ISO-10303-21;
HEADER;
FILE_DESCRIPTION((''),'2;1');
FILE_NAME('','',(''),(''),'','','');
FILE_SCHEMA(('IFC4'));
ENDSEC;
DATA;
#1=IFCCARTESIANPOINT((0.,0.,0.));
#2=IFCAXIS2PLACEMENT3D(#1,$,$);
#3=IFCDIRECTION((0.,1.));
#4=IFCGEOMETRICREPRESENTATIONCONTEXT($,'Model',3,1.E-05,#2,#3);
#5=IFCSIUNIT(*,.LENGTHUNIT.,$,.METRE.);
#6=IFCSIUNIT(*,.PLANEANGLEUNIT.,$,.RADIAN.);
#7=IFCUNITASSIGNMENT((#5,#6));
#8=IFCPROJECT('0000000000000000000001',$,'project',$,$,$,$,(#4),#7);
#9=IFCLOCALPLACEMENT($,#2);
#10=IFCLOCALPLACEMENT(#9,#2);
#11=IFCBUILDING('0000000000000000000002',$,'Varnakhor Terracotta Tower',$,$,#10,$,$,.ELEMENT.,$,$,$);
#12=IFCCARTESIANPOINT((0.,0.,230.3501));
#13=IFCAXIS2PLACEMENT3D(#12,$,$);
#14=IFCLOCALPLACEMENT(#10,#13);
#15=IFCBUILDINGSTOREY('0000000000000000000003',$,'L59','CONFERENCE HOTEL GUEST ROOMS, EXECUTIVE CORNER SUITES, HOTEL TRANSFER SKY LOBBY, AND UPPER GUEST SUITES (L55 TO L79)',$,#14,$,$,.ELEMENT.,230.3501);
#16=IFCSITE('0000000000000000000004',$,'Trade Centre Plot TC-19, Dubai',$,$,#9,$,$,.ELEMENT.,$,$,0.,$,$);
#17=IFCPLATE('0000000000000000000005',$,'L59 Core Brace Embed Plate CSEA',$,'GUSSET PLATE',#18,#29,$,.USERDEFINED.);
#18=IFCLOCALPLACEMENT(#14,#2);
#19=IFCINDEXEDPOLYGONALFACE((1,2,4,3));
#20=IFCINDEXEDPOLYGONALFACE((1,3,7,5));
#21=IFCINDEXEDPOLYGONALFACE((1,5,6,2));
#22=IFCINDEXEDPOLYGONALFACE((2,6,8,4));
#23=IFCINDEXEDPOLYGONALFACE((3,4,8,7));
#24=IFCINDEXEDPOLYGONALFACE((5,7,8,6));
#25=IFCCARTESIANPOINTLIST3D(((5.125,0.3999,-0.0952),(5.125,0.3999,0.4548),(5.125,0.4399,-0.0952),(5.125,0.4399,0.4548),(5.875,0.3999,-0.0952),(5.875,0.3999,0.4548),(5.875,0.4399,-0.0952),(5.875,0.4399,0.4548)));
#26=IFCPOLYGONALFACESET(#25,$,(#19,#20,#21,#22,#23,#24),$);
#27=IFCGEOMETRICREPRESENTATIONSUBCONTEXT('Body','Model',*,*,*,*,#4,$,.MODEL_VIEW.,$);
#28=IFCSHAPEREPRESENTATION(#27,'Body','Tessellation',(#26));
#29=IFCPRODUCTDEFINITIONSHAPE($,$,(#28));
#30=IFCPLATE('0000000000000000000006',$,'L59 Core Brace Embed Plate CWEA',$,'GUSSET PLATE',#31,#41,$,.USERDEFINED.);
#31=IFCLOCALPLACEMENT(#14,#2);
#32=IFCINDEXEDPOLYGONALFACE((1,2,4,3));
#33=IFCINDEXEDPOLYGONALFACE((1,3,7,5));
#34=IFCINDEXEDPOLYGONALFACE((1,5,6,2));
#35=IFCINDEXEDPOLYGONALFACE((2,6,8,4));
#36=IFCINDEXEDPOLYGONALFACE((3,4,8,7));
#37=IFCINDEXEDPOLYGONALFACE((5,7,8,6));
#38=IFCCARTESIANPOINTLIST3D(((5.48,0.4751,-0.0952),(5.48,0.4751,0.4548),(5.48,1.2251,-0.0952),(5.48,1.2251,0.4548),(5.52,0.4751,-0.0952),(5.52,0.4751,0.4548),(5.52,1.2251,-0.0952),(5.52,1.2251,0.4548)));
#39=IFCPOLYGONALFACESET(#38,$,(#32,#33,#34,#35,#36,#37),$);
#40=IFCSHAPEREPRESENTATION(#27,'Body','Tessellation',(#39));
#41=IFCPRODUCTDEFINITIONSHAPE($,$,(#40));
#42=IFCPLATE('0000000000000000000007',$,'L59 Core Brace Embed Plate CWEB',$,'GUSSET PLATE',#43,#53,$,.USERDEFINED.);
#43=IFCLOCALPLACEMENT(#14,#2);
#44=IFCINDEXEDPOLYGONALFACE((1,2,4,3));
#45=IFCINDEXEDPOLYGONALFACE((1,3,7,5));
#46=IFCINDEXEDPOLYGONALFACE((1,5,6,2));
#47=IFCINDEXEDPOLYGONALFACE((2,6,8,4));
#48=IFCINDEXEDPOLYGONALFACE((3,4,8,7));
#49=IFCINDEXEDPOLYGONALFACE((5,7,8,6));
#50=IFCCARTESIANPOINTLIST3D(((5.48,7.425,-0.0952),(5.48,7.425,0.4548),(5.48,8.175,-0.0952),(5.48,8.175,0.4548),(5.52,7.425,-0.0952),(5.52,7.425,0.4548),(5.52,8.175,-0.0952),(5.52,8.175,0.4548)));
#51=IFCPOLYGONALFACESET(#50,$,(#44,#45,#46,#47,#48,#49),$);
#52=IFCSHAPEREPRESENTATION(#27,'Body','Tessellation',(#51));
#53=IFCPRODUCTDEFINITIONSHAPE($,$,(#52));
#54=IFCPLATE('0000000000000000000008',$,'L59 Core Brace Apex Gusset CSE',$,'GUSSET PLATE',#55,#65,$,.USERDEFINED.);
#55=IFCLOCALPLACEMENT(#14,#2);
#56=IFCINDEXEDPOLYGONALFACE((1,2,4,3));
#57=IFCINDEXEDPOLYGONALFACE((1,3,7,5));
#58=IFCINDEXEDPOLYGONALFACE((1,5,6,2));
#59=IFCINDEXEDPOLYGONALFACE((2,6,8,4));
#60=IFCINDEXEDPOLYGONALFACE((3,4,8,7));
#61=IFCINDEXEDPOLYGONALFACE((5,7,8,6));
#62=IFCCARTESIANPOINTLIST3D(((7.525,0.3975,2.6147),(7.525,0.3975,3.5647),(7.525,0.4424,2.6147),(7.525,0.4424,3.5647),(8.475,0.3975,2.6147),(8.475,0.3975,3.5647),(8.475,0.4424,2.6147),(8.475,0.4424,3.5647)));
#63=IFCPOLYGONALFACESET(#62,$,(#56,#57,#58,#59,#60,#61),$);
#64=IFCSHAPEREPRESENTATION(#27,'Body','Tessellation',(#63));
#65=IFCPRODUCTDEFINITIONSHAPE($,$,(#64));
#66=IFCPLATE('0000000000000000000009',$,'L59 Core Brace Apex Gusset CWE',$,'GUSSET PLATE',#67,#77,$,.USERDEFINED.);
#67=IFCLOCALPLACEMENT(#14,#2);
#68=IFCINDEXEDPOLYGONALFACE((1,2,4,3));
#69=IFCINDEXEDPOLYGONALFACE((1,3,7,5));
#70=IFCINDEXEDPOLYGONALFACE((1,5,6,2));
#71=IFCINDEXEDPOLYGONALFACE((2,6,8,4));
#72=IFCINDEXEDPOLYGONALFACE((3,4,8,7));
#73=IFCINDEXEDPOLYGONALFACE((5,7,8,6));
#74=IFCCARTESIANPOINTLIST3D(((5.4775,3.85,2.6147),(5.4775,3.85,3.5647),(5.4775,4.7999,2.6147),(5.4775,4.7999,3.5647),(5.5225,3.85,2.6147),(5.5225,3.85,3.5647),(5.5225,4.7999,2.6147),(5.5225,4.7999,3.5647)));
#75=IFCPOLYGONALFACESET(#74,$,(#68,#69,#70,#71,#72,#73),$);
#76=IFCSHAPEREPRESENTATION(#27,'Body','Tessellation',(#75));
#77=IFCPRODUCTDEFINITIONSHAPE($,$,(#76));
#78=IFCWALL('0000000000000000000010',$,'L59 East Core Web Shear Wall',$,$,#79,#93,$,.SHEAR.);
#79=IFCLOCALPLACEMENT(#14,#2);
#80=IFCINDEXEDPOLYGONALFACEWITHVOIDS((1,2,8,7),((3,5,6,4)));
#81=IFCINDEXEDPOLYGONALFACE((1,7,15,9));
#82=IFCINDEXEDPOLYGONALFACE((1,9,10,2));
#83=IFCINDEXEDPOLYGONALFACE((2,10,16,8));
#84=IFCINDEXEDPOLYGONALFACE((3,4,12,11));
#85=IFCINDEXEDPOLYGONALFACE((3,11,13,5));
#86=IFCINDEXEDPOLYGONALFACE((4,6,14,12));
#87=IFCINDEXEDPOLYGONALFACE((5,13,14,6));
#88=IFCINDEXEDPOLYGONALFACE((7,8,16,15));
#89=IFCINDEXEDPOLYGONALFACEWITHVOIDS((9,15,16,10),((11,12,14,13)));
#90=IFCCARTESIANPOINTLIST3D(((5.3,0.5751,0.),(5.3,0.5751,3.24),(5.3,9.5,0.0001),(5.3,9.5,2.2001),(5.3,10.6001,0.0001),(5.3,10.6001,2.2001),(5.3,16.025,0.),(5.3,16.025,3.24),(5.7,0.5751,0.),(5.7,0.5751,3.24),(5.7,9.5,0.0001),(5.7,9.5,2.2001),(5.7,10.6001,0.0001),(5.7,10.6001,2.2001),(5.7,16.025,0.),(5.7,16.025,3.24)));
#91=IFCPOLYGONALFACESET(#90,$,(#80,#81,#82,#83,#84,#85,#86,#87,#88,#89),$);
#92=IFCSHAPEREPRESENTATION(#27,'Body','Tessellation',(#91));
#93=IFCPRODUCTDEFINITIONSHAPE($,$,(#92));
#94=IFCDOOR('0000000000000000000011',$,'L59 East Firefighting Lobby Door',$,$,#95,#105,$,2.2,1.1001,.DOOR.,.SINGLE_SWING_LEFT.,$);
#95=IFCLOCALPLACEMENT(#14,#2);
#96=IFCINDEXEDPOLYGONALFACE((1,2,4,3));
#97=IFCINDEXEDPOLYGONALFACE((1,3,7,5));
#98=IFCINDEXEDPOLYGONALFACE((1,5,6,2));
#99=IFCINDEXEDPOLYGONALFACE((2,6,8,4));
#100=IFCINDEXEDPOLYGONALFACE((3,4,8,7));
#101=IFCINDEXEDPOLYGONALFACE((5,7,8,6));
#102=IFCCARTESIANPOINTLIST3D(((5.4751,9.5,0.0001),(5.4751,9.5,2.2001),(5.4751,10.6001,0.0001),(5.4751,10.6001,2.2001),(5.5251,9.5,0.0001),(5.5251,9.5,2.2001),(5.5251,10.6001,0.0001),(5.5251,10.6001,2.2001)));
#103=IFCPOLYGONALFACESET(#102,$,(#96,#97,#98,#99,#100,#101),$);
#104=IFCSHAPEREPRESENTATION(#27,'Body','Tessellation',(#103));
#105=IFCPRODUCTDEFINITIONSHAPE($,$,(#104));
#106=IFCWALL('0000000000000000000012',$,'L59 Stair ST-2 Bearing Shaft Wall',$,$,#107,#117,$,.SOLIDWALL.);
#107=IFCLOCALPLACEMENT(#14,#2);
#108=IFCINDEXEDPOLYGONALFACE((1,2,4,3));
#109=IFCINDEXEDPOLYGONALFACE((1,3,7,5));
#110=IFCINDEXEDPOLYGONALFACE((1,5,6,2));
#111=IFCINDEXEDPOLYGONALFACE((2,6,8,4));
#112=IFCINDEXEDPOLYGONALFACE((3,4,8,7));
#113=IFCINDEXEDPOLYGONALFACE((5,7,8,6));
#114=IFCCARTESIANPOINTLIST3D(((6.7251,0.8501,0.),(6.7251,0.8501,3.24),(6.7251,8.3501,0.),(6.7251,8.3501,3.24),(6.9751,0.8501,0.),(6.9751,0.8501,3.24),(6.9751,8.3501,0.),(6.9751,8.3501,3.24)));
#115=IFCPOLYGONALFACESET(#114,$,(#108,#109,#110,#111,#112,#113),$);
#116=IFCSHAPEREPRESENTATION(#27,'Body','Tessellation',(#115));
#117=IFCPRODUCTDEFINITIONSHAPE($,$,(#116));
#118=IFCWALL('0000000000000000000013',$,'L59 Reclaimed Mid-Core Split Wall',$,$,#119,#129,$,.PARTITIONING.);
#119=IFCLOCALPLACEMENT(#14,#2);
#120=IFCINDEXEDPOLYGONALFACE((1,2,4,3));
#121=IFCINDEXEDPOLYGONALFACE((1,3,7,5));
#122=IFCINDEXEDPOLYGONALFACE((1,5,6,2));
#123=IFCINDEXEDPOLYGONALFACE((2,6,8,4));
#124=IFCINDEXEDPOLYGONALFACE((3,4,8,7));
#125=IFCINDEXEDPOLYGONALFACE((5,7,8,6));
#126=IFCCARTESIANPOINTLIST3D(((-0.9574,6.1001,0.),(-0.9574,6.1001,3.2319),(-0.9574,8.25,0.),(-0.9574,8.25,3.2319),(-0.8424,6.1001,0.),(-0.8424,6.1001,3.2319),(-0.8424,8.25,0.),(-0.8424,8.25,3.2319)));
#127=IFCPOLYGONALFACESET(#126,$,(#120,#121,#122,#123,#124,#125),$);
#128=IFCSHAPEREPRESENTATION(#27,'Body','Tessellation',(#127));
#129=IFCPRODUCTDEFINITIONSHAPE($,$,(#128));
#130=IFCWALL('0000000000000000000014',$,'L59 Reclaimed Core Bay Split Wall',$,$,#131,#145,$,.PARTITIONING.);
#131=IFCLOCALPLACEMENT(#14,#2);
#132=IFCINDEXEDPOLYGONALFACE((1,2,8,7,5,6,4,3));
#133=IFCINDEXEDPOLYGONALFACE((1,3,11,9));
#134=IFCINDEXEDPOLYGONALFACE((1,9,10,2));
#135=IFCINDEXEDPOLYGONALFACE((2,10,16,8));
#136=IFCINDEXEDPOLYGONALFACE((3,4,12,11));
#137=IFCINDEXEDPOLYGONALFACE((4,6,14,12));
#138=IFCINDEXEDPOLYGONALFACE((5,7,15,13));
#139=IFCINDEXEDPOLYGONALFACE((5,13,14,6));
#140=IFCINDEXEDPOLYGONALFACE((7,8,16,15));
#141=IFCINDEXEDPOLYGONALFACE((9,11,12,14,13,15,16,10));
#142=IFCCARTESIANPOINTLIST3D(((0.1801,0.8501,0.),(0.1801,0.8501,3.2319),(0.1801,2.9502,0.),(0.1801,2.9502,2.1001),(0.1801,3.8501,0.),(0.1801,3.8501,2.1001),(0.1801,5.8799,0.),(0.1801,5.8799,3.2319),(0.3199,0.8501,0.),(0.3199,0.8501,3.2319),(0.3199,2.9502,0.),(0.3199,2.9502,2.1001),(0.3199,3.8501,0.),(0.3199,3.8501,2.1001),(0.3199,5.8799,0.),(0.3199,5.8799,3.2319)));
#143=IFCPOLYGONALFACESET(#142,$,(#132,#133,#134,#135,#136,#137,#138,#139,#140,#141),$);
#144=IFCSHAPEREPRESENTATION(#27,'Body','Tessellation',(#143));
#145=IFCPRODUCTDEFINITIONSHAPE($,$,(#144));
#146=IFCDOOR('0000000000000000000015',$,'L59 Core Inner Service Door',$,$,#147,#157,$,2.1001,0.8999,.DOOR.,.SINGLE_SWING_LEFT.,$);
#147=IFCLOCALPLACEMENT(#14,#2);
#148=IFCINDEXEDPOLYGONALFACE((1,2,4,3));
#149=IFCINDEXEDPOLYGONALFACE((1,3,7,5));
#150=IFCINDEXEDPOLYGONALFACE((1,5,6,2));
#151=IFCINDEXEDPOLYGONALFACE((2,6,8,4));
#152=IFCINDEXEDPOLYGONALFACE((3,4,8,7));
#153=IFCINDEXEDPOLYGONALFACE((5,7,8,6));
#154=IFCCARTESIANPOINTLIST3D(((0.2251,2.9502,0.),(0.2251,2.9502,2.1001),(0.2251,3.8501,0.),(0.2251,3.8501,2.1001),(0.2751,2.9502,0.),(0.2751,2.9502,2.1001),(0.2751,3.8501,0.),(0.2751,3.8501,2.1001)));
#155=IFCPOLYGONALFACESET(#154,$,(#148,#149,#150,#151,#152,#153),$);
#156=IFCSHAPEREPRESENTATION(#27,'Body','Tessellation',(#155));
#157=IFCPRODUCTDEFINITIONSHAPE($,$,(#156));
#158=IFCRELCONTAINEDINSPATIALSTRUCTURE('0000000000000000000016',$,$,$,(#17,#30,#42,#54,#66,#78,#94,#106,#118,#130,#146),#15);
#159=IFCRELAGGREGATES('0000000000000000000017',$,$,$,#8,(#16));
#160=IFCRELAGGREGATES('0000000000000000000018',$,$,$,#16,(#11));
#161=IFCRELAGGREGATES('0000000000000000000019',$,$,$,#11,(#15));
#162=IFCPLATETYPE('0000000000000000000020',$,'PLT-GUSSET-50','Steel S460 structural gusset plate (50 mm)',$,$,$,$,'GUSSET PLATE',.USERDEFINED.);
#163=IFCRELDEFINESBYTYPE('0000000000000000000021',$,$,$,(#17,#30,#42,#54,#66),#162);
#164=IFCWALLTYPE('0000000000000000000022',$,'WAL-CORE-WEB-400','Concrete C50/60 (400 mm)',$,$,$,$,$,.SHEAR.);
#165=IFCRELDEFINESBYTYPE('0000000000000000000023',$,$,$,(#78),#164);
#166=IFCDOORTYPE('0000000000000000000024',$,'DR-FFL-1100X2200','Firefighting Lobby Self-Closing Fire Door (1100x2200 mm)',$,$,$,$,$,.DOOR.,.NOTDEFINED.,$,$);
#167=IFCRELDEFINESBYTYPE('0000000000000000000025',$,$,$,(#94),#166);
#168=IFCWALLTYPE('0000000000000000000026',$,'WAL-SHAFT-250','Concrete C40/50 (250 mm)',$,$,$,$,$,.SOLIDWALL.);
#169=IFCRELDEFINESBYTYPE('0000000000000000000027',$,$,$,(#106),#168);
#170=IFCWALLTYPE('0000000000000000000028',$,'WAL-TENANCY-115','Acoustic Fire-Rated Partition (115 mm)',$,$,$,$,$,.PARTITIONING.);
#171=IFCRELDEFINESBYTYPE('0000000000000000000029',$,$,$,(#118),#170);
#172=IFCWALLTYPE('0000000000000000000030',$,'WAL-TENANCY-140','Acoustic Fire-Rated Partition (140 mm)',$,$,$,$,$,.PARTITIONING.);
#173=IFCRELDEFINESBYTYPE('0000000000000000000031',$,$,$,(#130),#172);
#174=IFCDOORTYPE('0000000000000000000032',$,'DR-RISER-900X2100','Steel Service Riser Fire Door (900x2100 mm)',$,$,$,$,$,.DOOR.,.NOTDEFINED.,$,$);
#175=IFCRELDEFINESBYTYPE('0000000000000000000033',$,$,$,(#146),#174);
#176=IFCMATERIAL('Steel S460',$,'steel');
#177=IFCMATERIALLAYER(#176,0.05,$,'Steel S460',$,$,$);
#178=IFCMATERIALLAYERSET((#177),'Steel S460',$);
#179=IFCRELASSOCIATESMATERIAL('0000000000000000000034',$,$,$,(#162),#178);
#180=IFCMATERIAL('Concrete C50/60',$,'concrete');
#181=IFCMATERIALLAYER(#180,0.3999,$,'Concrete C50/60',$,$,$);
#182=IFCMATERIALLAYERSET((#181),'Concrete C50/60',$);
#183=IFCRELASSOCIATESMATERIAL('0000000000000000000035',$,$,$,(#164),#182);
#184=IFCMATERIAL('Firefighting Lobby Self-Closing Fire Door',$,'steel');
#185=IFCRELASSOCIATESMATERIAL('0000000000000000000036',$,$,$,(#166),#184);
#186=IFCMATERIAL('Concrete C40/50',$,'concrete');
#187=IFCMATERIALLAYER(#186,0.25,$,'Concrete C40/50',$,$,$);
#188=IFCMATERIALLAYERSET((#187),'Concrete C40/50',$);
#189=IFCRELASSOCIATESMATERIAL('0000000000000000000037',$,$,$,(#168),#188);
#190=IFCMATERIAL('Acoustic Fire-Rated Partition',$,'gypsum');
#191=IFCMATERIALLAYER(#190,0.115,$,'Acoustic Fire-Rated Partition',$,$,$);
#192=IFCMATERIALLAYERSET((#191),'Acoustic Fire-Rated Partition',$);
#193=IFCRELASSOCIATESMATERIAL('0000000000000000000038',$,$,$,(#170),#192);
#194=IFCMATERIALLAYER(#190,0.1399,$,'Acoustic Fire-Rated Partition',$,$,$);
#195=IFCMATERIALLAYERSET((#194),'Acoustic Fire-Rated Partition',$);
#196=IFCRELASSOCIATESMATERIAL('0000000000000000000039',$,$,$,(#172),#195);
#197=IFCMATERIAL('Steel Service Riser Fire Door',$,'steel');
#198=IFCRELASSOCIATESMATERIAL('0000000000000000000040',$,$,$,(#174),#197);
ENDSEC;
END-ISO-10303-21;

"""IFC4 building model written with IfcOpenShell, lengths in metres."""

from ifc_helpers import new_model, si_unit, direction, frame, frame_2d, origin, origin_2d, place, context, subcontext, project, spatial, rectangle, extrude, source, transform, mapped, material, layer, layer_set, type_object, type_shapes, element, fill, save


model = new_model("IFC4")

# Units and contexts
model_context = context("Model", 3, precision=1e-05, world=origin(), true_north=direction((0.0, 1.0)))
body_context = subcontext(model_context, "Body", "Model", "MODEL_VIEW")
ifc_project = project(units=[si_unit("LENGTHUNIT", "METRE"), si_unit("PLANEANGLEUNIT", "RADIAN")], contexts=[model_context])

# Site, building, storey
site_placement = place(None, origin())
site = spatial("IfcSite", under=ifc_project, at=site_placement, Name="Trade Centre Plot TC-19, Dubai", CompositionType="ELEMENT", RefElevation=0.0)
building_placement = place(site_placement, origin())
building = spatial("IfcBuilding", under=site, at=building_placement, Name="Varnakhor Terracotta Tower", CompositionType="ELEMENT")
storey_placement = place(building_placement, frame((0.0, 0.0, 230.3501)))
storey = spatial("IfcBuildingStorey", under=building, at=storey_placement, Name="L59", Description="CONFERENCE HOTEL GUEST ROOMS, EXECUTIVE CORNER SUITES, HOTEL TRANSFER SKY LOBBY, AND UPPER GUEST SUITES (L55 TO L79)", CompositionType="ELEMENT", Elevation=230.3501)

# Shared definitions
ifc_material_1 = material(Name="Concrete C50/60", Category="concrete")

# Shared definitions
ifc_material_2 = material(Name="Concrete C40/50", Category="concrete")

# Plates
ifc_material_3 = material(Name="Steel S460", Category="steel")
ifc_layer_1 = layer(ifc_material_3, 0.05, Name="Steel S460")
ifc_layer_set_1 = layer_set([ifc_layer_1], Name="Steel S460")
plate_type = type_object("IfcPlateType", Name="PLT-GUSSET-50", Description="Steel S460 structural gusset plate (50 mm)", ElementType="GUSSET PLATE", PredefinedType="USERDEFINED", material=ifc_layer_set_1)
shared_shape_1 = source(origin(), body_context, "Body", "SweptSolid", [
    extrude(rectangle(XDim=0.75, YDim=0.04, at=origin_2d()), origin(), (0.0, 0.0, 1.0), 0.55),
])
type_shapes(plate_type, [shared_shape_1])
for number, where, z_axis, x_axis, name in (
    (1, (5.5, 0.4199, -0.0952), (0.0, 0.0, 1.0), (1.0, 0.0, 0.0), "L59 Core Brace Embed Plate CSEA"),
    (2, (5.5, 0.8501, -0.0952), (0.0, 0.0, 1.0), (0.0, 1.0, 0.0), "L59 Core Brace Embed Plate CWEA"),
    (3, (5.5, 7.8, -0.0952), (0.0, 0.0, 1.0), (0.0, 1.0, 0.0), "L59 Core Brace Embed Plate CWEB"),
):
    element("IfcPlate", number, at=place(storey_placement, frame(where, z_axis=z_axis, x_axis=x_axis)), inside=storey, type_object=plate_type, Name=name, ObjectType="GUSSET PLATE", PredefinedType="USERDEFINED", context=body_context, shape_type="MappedRepresentation", body=[
        mapped(shared_shape_1, transform((0.0, 0.0, 0.0), scale=1.0)),
    ])
shared_shape_2 = source(origin(), body_context, "Body", "SweptSolid", [
    extrude(rectangle(XDim=0.95, YDim=0.0449, at=origin_2d()), origin(), (0.0, 0.0, 1.0), 0.95),
])
for number, where, z_axis, x_axis, name in (
    (4, (8.0, 0.4199, 2.6147), (0.0, 0.0, 1.0), (1.0, 0.0, 0.0), "L59 Core Brace Apex Gusset CSE"),
    (5, (5.5, 4.325, 2.6147), (0.0, 0.0, 1.0), (0.0, 1.0, 0.0), "L59 Core Brace Apex Gusset CWE"),
):
    element("IfcPlate", number, at=place(storey_placement, frame(where, z_axis=z_axis, x_axis=x_axis)), inside=storey, type_object=plate_type, Name=name, ObjectType="GUSSET PLATE", PredefinedType="USERDEFINED", context=body_context, shape_type="MappedRepresentation", body=[
        mapped(shared_shape_2, transform((0.0, 0.0, 0.0), scale=1.0)),
    ])

# Wall, opening, door
ifc_layer_2 = layer(ifc_material_1, 0.3999, Name="Concrete C50/60")
ifc_layer_set_2 = layer_set([ifc_layer_2], Name="Concrete C50/60")
wall_type_1 = type_object("IfcWallType", Name="WAL-CORE-WEB-400", Description="Concrete C50/60 (400 mm)", PredefinedType="SHEAR", material=ifc_layer_set_2)
wall_1_placement = place(storey_placement, frame((5.5, 0.575, 0.0), z_axis=(0.0, 0.0, 1.0), x_axis=(0.0, 1.0, 0.0)))
wall_1 = element("IfcWall", 6, at=wall_1_placement, inside=storey, type_object=wall_type_1, Name="L59 East Core Web Shear Wall", PredefinedType="SHEAR", context=body_context, shape_type="SweptSolid", body=[
    extrude(rectangle(XDim=15.45, YDim=0.3999, at=frame_2d((7.7251, 0.0))), origin(), (0.0, 0.0, 1.0), 3.24),
])
opening_1_placement = place(wall_1_placement, frame((8.925, 0.0, 0.0)))
opening_1 = element("IfcOpeningElement", 7, at=opening_1_placement, cuts=wall_1, PredefinedType="OPENING", context=body_context, shape_type="SweptSolid", body=[
    extrude(rectangle(XDim=1.1001, YDim=2.2, at=frame_2d((0.55, 1.1001))), frame((0.0, 0.21, 0.0), z_axis=(0.0, -1.0, 0.0), x_axis=(1.0, 0.0, 0.0)), (0.0, 0.0, 1.0), 0.4199),
])
ifc_material_4 = material(Name="Firefighting Lobby Self-Closing Fire Door", Category="steel")
door_type_1 = type_object("IfcDoorType", Name="DR-FFL-1100X2200", Description="Firefighting Lobby Self-Closing Fire Door (1100x2200 mm)", OperationType="NOTDEFINED", PredefinedType="DOOR", material=ifc_material_4)
shared_shape_3 = source(origin(), body_context, "Body", "SweptSolid", [
    extrude(rectangle(XDim=1.1001, YDim=2.2, at=frame_2d((0.55, 1.1001))), frame((0.0, 0.0249, 0.0), z_axis=(0.0, -1.0, 0.0), x_axis=(1.0, 0.0, 0.0)), (0.0, 0.0, 1.0), 0.05),
])
type_shapes(door_type_1, [shared_shape_3])
door_1_placement = place(opening_1_placement, origin())
door_1 = element("IfcDoor", 8, at=door_1_placement, inside=storey, type_object=door_type_1, Name="L59 East Firefighting Lobby Door", OperationType="SINGLE_SWING_LEFT", OverallHeight=2.2, OverallWidth=1.1001, PredefinedType="DOOR", context=body_context, shape_type="MappedRepresentation", body=[
    mapped(shared_shape_3, transform((0.0, 0.0, 0.0), scale=1.0)),
])
fill(opening_1, door_1)

# Walls
ifc_layer_3 = layer(ifc_material_2, 0.25, Name="Concrete C40/50")
ifc_layer_set_3 = layer_set([ifc_layer_3], Name="Concrete C40/50")
wall_type_2 = type_object("IfcWallType", Name="WAL-SHAFT-250", Description="Concrete C40/50 (250 mm)", PredefinedType="SOLIDWALL", material=ifc_layer_set_3)
wall_2_placement = place(storey_placement, frame((6.8501, 0.8501, 0.0), z_axis=(0.0, 0.0, 1.0), x_axis=(0.0, 1.0, 0.0)))
element("IfcWall", 9, at=wall_2_placement, inside=storey, type_object=wall_type_2, Name="L59 Stair ST-2 Bearing Shaft Wall", PredefinedType="SOLIDWALL", context=body_context, shape_type="SweptSolid", body=[
    extrude(rectangle(XDim=7.5, YDim=0.25, at=frame_2d((3.75, 0.0))), origin(), (0.0, 0.0, 1.0), 3.24),
])
ifc_material_5 = material(Name="Acoustic Fire-Rated Partition", Category="gypsum")
ifc_layer_4 = layer(ifc_material_5, 0.115, Name="Acoustic Fire-Rated Partition")
ifc_layer_set_4 = layer_set([ifc_layer_4], Name="Acoustic Fire-Rated Partition")
wall_type_3 = type_object("IfcWallType", Name="WAL-TENANCY-115", Description="Acoustic Fire-Rated Partition (115 mm)", PredefinedType="PARTITIONING", material=ifc_layer_set_4)
wall_3_placement = place(storey_placement, frame((-0.8999, 6.1001, 0.0), z_axis=(0.0, 0.0, 1.0), x_axis=(0.0, 1.0, 0.0)))
element("IfcWall", 10, at=wall_3_placement, inside=storey, type_object=wall_type_3, Name="L59 Reclaimed Mid-Core Split Wall", PredefinedType="PARTITIONING", context=body_context, shape_type="SweptSolid", body=[
    extrude(rectangle(XDim=2.1499, YDim=0.115, at=frame_2d((1.075, 0.0))), origin(), (0.0, 0.0, 1.0), 3.2319),
])

# Wall, opening, door
ifc_layer_5 = layer(ifc_material_5, 0.1399, Name="Acoustic Fire-Rated Partition")
ifc_layer_set_5 = layer_set([ifc_layer_5], Name="Acoustic Fire-Rated Partition")
wall_type_4 = type_object("IfcWallType", Name="WAL-TENANCY-140", Description="Acoustic Fire-Rated Partition (140 mm)", PredefinedType="PARTITIONING", material=ifc_layer_set_5)
wall_4_placement = place(storey_placement, frame((0.25, 0.8501, 0.0), z_axis=(0.0, 0.0, 1.0), x_axis=(0.0, 1.0, 0.0)))
wall_4 = element("IfcWall", 11, at=wall_4_placement, inside=storey, type_object=wall_type_4, Name="L59 Reclaimed Core Bay Split Wall", PredefinedType="PARTITIONING", context=body_context, shape_type="SweptSolid", body=[
    extrude(rectangle(XDim=5.0298, YDim=0.1399, at=frame_2d((2.5149, 0.0))), origin(), (0.0, 0.0, 1.0), 3.2319),
])
opening_2_placement = place(wall_4_placement, frame((2.1001, 0.0, 0.0)))
opening_2 = element("IfcOpeningElement", 12, at=opening_2_placement, cuts=wall_4, PredefinedType="OPENING", context=body_context, shape_type="SweptSolid", body=[
    extrude(rectangle(XDim=0.8999, YDim=2.1001, at=frame_2d((0.45, 1.05))), frame((0.0, 0.0801, 0.0), z_axis=(0.0, -1.0, 0.0), x_axis=(1.0, 0.0, 0.0)), (0.0, 0.0, 1.0), 0.1599),
])
ifc_material_6 = material(Name="Steel Service Riser Fire Door", Category="steel")
door_type_2 = type_object("IfcDoorType", Name="DR-RISER-900X2100", Description="Steel Service Riser Fire Door (900x2100 mm)", OperationType="NOTDEFINED", PredefinedType="DOOR", material=ifc_material_6)
shared_shape_4 = source(origin(), body_context, "Body", "SweptSolid", [
    extrude(rectangle(XDim=0.8999, YDim=2.1001, at=frame_2d((0.45, 1.05))), frame((0.0, 0.0249, 0.0), z_axis=(0.0, -1.0, 0.0), x_axis=(1.0, 0.0, 0.0)), (0.0, 0.0, 1.0), 0.05),
])
type_shapes(door_type_2, [shared_shape_4])
door_2_placement = place(opening_2_placement, origin())
door_2 = element("IfcDoor", 13, at=door_2_placement, inside=storey, type_object=door_type_2, Name="L59 Core Inner Service Door", OperationType="SINGLE_SWING_LEFT", OverallHeight=2.1001, OverallWidth=0.8999, PredefinedType="DOOR", context=body_context, shape_type="MappedRepresentation", body=[
    mapped(shared_shape_4, transform((0.0, 0.0, 0.0), scale=1.0)),
])
fill(opening_2, door_2)

save(model, "model.ifc")
